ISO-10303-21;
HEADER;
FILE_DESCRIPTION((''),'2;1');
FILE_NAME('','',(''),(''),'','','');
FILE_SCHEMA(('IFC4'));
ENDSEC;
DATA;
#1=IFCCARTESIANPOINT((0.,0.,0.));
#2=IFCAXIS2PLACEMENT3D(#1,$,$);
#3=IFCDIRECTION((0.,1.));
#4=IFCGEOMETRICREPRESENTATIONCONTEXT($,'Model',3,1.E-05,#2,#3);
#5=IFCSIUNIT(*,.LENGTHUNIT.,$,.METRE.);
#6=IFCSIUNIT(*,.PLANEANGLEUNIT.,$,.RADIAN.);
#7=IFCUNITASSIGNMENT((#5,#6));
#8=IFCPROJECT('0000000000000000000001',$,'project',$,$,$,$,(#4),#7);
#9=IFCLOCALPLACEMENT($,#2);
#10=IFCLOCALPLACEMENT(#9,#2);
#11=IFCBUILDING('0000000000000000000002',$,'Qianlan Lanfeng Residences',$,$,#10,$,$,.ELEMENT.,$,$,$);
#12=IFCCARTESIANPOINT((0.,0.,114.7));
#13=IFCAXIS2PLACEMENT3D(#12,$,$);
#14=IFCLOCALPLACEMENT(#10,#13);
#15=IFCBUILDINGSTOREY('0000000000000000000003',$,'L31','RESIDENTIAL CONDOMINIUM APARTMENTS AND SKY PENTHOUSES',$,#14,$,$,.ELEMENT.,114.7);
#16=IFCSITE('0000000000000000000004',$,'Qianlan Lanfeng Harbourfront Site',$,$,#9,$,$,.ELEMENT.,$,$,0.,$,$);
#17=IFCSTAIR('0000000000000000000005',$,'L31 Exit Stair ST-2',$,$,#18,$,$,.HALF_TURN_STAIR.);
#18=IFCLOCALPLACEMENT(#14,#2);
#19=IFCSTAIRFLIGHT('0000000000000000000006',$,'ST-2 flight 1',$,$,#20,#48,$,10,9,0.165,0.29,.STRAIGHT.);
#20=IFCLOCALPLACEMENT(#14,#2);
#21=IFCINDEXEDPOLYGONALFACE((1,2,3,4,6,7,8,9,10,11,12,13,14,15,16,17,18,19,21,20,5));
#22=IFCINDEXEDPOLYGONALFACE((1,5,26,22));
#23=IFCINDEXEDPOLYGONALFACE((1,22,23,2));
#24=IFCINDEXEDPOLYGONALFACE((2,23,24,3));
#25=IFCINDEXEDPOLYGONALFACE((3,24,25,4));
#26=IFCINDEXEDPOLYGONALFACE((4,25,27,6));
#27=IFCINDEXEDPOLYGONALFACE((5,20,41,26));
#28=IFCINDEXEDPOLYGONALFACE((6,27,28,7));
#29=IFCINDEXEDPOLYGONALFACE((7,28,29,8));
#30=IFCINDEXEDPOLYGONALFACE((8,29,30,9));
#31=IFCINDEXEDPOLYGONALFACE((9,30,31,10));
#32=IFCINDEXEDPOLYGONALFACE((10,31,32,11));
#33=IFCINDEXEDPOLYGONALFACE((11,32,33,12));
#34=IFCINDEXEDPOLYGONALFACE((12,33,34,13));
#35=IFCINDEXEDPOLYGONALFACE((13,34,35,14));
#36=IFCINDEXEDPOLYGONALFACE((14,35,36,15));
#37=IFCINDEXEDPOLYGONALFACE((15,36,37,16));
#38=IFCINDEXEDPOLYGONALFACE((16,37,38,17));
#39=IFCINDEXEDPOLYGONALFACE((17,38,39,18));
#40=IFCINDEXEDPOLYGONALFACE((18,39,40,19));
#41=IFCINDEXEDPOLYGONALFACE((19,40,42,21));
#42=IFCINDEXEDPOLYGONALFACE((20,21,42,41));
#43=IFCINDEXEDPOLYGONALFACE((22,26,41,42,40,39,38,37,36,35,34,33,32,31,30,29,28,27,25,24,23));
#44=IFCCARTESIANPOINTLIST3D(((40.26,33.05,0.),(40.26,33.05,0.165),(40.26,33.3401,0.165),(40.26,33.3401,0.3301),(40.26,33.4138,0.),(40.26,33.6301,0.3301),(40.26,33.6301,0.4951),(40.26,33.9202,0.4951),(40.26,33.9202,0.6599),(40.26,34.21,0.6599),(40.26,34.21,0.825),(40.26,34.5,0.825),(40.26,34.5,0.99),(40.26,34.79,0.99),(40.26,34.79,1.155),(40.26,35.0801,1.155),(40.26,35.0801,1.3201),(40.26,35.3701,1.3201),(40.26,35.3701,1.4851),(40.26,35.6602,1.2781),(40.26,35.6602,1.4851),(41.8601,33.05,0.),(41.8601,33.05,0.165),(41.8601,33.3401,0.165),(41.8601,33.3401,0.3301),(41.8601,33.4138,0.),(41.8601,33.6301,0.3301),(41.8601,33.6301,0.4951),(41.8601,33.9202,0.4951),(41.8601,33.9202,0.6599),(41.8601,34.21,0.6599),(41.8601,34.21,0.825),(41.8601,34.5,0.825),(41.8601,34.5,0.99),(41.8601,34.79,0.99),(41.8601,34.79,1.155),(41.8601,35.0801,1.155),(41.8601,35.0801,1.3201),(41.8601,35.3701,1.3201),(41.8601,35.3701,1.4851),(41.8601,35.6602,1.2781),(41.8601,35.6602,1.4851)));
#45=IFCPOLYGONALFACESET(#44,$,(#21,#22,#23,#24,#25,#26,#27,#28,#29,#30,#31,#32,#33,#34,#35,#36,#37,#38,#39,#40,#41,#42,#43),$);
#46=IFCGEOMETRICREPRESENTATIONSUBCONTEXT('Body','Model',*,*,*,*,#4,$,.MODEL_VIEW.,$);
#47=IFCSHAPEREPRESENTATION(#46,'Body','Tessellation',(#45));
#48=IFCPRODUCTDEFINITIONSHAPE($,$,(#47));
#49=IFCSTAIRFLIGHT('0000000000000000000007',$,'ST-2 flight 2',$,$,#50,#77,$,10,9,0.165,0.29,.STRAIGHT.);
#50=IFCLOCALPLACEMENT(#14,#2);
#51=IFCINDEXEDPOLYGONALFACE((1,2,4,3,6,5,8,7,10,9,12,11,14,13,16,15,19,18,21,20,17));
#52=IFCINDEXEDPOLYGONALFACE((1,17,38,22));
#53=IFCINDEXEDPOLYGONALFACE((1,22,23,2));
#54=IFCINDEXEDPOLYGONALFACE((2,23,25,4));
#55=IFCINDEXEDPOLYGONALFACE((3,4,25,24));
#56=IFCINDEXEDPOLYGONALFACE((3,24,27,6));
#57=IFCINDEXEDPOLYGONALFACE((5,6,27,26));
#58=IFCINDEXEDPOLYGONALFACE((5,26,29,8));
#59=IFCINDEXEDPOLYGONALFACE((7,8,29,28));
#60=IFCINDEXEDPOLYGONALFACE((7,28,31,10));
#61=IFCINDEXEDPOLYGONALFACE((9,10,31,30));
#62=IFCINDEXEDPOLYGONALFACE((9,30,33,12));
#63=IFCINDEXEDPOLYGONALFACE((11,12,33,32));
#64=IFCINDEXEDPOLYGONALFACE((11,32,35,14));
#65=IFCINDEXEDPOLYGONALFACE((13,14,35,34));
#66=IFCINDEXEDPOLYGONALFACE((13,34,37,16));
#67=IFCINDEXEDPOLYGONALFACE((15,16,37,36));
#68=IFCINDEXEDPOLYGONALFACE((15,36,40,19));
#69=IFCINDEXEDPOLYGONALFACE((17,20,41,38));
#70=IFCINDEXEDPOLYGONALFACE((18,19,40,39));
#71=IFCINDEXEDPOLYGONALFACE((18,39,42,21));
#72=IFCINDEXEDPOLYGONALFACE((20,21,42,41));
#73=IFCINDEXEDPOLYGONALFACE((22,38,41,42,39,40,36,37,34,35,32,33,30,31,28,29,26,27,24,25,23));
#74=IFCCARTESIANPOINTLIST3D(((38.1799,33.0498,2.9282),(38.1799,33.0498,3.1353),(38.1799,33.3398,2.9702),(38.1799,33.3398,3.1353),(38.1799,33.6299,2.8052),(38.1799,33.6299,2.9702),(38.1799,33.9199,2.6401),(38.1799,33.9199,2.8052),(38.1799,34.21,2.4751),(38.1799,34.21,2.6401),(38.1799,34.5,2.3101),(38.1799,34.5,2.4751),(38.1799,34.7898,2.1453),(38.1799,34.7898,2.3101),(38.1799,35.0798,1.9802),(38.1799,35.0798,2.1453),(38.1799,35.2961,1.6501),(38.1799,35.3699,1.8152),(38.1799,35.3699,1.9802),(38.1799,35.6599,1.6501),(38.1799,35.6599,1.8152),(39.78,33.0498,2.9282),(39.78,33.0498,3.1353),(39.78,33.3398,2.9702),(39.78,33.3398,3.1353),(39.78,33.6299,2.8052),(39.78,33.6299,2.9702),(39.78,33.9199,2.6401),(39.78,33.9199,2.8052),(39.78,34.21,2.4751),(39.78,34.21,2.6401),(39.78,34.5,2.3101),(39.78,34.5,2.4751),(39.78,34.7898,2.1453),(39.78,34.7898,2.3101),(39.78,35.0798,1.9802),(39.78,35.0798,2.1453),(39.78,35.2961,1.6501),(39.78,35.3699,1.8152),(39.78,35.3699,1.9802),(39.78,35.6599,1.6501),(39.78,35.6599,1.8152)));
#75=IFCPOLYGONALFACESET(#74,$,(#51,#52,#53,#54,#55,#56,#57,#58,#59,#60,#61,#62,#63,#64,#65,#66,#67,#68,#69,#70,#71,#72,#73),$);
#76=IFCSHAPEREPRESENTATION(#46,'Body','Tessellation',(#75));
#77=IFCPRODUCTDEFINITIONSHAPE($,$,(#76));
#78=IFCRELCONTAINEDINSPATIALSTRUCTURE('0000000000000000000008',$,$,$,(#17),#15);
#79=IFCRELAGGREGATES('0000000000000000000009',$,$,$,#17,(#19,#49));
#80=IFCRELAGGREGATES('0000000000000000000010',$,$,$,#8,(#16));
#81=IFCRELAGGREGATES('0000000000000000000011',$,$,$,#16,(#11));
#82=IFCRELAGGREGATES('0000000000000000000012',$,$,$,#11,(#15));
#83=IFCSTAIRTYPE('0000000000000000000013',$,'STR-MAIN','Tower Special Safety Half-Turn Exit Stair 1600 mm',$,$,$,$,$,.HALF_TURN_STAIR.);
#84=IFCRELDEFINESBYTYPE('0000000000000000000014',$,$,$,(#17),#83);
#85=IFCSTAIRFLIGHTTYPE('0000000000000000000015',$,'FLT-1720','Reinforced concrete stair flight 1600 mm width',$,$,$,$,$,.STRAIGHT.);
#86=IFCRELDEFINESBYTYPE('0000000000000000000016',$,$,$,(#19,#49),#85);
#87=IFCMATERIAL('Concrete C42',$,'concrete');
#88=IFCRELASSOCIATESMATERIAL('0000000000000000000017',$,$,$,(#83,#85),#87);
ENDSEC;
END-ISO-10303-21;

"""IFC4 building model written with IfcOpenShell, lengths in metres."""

from ifc_helpers import new_model, si_unit, direction, frame, origin, place, context, subcontext, project, spatial, polyline, outline, extrude, material, type_object, element, aggregate, save


model = new_model("IFC4")

# Units and contexts
model_context = context("Model", 3, precision=1e-05, world=origin(), true_north=direction((0.0, 1.0)))
body_context = subcontext(model_context, "Body", "Model", "MODEL_VIEW")
ifc_project = project(units=[si_unit("LENGTHUNIT", "METRE"), si_unit("PLANEANGLEUNIT", "RADIAN")], contexts=[model_context])

# Site, building, storey
site_placement = place(None, origin())
site = spatial("IfcSite", under=ifc_project, at=site_placement, Name="Qianlan Lanfeng Harbourfront Site", CompositionType="ELEMENT", RefElevation=0.0)
building_placement = place(site_placement, origin())
building = spatial("IfcBuilding", under=site, at=building_placement, Name="Qianlan Lanfeng Residences", CompositionType="ELEMENT")
storey_placement = place(building_placement, frame((0.0, 0.0, 114.7)))
storey = spatial("IfcBuildingStorey", under=building, at=storey_placement, Name="L31", Description="RESIDENTIAL CONDOMINIUM APARTMENTS AND SKY PENTHOUSES", CompositionType="ELEMENT", Elevation=114.7)

# Shared definitions
ifc_material_1 = material(Name="Concrete C42", Category="concrete")

# Stair, stair flights
stair_type = type_object("IfcStairType", Name="STR-MAIN", Description="Tower Special Safety Half-Turn Exit Stair 1600 mm", PredefinedType="HALF_TURN_STAIR", material=ifc_material_1)
stair_placement = place(storey_placement, origin())
stair = element("IfcStair", 1, at=stair_placement, inside=storey, type_object=stair_type, Name="L31 Exit Stair ST-2", PredefinedType="HALF_TURN_STAIR")
stair_flight_type = type_object("IfcStairFlightType", Name="FLT-1720", Description="Reinforced concrete stair flight 1600 mm width", PredefinedType="STRAIGHT", material=ifc_material_1)
stair_flight_1_placement = place(storey_placement, frame((41.0601, 33.05, 0.0), z_axis=(0.0, 0.0, 1.0), x_axis=(0.0, 1.0, 0.0)))
stair_flight_1 = element("IfcStairFlight", 2, at=stair_flight_1_placement, type_object=stair_flight_type, Name="ST-2 flight 1", NumberOfRisers=10, NumberOfTreads=9, PredefinedType="STRAIGHT", RiserHeight=0.165, TreadLength=0.29, context=body_context, shape_type="SweptSolid", body=[
    extrude(outline(polyline([(0.0, 0.0), (0.0, 0.165), (0.29, 0.165), (0.29, 0.3301), (0.5801, 0.3301), (0.5801, 0.4951), (0.8701, 0.4951), (0.8701, 0.6599), (1.1599, 0.6599), (1.1599, 0.825), (1.45, 0.825), (1.45, 0.99), (1.74, 0.99), (1.74, 1.155), (2.03, 1.155), (2.03, 1.3201), (2.3201, 1.3201), (2.3201, 1.4851), (2.6101, 1.4851), (2.6101, 1.6499), (2.6101, 1.2781), (0.3638, 0.0), (0.0, 0.0)])), frame((0.0, 0.8, 0.0), z_axis=(0.0, -1.0, 0.0), x_axis=(1.0, 0.0, 0.0)), (0.0, 0.0, 1.0), 1.6001),
])
stair_flight_2_placement = place(storey_placement, frame((38.98, 35.6599, 1.6501), z_axis=(0.0, 0.0, 1.0), x_axis=(0.0, -1.0, 0.0)))
stair_flight_2 = element("IfcStairFlight", 3, at=stair_flight_2_placement, type_object=stair_flight_type, Name="ST-2 flight 2", NumberOfRisers=10, NumberOfTreads=9, PredefinedType="STRAIGHT", RiserHeight=0.165, TreadLength=0.29, context=body_context, shape_type="SweptSolid", body=[
    extrude(outline(polyline([(0.0, 0.0), (0.0, 0.165), (0.29, 0.165), (0.29, 0.3301), (0.5801, 0.3301), (0.5801, 0.4951), (0.8701, 0.4951), (0.8701, 0.6599), (1.1599, 0.6599), (1.1599, 0.825), (1.45, 0.825), (1.45, 0.99), (1.74, 0.99), (1.74, 1.155), (2.03, 1.155), (2.03, 1.3201), (2.3201, 1.3201), (2.3201, 1.4851), (2.6101, 1.4851), (2.6101, 1.6499), (2.6101, 1.2781), (0.3638, 0.0), (0.0, 0.0)])), frame((0.0, 0.8, 0.0), z_axis=(0.0, -1.0, 0.0), x_axis=(1.0, 0.0, 0.0)), (0.0, 0.0, 1.0), 1.6001),
])
aggregate(stair, [stair_flight_1, stair_flight_2])

save(model, "model.ifc")
